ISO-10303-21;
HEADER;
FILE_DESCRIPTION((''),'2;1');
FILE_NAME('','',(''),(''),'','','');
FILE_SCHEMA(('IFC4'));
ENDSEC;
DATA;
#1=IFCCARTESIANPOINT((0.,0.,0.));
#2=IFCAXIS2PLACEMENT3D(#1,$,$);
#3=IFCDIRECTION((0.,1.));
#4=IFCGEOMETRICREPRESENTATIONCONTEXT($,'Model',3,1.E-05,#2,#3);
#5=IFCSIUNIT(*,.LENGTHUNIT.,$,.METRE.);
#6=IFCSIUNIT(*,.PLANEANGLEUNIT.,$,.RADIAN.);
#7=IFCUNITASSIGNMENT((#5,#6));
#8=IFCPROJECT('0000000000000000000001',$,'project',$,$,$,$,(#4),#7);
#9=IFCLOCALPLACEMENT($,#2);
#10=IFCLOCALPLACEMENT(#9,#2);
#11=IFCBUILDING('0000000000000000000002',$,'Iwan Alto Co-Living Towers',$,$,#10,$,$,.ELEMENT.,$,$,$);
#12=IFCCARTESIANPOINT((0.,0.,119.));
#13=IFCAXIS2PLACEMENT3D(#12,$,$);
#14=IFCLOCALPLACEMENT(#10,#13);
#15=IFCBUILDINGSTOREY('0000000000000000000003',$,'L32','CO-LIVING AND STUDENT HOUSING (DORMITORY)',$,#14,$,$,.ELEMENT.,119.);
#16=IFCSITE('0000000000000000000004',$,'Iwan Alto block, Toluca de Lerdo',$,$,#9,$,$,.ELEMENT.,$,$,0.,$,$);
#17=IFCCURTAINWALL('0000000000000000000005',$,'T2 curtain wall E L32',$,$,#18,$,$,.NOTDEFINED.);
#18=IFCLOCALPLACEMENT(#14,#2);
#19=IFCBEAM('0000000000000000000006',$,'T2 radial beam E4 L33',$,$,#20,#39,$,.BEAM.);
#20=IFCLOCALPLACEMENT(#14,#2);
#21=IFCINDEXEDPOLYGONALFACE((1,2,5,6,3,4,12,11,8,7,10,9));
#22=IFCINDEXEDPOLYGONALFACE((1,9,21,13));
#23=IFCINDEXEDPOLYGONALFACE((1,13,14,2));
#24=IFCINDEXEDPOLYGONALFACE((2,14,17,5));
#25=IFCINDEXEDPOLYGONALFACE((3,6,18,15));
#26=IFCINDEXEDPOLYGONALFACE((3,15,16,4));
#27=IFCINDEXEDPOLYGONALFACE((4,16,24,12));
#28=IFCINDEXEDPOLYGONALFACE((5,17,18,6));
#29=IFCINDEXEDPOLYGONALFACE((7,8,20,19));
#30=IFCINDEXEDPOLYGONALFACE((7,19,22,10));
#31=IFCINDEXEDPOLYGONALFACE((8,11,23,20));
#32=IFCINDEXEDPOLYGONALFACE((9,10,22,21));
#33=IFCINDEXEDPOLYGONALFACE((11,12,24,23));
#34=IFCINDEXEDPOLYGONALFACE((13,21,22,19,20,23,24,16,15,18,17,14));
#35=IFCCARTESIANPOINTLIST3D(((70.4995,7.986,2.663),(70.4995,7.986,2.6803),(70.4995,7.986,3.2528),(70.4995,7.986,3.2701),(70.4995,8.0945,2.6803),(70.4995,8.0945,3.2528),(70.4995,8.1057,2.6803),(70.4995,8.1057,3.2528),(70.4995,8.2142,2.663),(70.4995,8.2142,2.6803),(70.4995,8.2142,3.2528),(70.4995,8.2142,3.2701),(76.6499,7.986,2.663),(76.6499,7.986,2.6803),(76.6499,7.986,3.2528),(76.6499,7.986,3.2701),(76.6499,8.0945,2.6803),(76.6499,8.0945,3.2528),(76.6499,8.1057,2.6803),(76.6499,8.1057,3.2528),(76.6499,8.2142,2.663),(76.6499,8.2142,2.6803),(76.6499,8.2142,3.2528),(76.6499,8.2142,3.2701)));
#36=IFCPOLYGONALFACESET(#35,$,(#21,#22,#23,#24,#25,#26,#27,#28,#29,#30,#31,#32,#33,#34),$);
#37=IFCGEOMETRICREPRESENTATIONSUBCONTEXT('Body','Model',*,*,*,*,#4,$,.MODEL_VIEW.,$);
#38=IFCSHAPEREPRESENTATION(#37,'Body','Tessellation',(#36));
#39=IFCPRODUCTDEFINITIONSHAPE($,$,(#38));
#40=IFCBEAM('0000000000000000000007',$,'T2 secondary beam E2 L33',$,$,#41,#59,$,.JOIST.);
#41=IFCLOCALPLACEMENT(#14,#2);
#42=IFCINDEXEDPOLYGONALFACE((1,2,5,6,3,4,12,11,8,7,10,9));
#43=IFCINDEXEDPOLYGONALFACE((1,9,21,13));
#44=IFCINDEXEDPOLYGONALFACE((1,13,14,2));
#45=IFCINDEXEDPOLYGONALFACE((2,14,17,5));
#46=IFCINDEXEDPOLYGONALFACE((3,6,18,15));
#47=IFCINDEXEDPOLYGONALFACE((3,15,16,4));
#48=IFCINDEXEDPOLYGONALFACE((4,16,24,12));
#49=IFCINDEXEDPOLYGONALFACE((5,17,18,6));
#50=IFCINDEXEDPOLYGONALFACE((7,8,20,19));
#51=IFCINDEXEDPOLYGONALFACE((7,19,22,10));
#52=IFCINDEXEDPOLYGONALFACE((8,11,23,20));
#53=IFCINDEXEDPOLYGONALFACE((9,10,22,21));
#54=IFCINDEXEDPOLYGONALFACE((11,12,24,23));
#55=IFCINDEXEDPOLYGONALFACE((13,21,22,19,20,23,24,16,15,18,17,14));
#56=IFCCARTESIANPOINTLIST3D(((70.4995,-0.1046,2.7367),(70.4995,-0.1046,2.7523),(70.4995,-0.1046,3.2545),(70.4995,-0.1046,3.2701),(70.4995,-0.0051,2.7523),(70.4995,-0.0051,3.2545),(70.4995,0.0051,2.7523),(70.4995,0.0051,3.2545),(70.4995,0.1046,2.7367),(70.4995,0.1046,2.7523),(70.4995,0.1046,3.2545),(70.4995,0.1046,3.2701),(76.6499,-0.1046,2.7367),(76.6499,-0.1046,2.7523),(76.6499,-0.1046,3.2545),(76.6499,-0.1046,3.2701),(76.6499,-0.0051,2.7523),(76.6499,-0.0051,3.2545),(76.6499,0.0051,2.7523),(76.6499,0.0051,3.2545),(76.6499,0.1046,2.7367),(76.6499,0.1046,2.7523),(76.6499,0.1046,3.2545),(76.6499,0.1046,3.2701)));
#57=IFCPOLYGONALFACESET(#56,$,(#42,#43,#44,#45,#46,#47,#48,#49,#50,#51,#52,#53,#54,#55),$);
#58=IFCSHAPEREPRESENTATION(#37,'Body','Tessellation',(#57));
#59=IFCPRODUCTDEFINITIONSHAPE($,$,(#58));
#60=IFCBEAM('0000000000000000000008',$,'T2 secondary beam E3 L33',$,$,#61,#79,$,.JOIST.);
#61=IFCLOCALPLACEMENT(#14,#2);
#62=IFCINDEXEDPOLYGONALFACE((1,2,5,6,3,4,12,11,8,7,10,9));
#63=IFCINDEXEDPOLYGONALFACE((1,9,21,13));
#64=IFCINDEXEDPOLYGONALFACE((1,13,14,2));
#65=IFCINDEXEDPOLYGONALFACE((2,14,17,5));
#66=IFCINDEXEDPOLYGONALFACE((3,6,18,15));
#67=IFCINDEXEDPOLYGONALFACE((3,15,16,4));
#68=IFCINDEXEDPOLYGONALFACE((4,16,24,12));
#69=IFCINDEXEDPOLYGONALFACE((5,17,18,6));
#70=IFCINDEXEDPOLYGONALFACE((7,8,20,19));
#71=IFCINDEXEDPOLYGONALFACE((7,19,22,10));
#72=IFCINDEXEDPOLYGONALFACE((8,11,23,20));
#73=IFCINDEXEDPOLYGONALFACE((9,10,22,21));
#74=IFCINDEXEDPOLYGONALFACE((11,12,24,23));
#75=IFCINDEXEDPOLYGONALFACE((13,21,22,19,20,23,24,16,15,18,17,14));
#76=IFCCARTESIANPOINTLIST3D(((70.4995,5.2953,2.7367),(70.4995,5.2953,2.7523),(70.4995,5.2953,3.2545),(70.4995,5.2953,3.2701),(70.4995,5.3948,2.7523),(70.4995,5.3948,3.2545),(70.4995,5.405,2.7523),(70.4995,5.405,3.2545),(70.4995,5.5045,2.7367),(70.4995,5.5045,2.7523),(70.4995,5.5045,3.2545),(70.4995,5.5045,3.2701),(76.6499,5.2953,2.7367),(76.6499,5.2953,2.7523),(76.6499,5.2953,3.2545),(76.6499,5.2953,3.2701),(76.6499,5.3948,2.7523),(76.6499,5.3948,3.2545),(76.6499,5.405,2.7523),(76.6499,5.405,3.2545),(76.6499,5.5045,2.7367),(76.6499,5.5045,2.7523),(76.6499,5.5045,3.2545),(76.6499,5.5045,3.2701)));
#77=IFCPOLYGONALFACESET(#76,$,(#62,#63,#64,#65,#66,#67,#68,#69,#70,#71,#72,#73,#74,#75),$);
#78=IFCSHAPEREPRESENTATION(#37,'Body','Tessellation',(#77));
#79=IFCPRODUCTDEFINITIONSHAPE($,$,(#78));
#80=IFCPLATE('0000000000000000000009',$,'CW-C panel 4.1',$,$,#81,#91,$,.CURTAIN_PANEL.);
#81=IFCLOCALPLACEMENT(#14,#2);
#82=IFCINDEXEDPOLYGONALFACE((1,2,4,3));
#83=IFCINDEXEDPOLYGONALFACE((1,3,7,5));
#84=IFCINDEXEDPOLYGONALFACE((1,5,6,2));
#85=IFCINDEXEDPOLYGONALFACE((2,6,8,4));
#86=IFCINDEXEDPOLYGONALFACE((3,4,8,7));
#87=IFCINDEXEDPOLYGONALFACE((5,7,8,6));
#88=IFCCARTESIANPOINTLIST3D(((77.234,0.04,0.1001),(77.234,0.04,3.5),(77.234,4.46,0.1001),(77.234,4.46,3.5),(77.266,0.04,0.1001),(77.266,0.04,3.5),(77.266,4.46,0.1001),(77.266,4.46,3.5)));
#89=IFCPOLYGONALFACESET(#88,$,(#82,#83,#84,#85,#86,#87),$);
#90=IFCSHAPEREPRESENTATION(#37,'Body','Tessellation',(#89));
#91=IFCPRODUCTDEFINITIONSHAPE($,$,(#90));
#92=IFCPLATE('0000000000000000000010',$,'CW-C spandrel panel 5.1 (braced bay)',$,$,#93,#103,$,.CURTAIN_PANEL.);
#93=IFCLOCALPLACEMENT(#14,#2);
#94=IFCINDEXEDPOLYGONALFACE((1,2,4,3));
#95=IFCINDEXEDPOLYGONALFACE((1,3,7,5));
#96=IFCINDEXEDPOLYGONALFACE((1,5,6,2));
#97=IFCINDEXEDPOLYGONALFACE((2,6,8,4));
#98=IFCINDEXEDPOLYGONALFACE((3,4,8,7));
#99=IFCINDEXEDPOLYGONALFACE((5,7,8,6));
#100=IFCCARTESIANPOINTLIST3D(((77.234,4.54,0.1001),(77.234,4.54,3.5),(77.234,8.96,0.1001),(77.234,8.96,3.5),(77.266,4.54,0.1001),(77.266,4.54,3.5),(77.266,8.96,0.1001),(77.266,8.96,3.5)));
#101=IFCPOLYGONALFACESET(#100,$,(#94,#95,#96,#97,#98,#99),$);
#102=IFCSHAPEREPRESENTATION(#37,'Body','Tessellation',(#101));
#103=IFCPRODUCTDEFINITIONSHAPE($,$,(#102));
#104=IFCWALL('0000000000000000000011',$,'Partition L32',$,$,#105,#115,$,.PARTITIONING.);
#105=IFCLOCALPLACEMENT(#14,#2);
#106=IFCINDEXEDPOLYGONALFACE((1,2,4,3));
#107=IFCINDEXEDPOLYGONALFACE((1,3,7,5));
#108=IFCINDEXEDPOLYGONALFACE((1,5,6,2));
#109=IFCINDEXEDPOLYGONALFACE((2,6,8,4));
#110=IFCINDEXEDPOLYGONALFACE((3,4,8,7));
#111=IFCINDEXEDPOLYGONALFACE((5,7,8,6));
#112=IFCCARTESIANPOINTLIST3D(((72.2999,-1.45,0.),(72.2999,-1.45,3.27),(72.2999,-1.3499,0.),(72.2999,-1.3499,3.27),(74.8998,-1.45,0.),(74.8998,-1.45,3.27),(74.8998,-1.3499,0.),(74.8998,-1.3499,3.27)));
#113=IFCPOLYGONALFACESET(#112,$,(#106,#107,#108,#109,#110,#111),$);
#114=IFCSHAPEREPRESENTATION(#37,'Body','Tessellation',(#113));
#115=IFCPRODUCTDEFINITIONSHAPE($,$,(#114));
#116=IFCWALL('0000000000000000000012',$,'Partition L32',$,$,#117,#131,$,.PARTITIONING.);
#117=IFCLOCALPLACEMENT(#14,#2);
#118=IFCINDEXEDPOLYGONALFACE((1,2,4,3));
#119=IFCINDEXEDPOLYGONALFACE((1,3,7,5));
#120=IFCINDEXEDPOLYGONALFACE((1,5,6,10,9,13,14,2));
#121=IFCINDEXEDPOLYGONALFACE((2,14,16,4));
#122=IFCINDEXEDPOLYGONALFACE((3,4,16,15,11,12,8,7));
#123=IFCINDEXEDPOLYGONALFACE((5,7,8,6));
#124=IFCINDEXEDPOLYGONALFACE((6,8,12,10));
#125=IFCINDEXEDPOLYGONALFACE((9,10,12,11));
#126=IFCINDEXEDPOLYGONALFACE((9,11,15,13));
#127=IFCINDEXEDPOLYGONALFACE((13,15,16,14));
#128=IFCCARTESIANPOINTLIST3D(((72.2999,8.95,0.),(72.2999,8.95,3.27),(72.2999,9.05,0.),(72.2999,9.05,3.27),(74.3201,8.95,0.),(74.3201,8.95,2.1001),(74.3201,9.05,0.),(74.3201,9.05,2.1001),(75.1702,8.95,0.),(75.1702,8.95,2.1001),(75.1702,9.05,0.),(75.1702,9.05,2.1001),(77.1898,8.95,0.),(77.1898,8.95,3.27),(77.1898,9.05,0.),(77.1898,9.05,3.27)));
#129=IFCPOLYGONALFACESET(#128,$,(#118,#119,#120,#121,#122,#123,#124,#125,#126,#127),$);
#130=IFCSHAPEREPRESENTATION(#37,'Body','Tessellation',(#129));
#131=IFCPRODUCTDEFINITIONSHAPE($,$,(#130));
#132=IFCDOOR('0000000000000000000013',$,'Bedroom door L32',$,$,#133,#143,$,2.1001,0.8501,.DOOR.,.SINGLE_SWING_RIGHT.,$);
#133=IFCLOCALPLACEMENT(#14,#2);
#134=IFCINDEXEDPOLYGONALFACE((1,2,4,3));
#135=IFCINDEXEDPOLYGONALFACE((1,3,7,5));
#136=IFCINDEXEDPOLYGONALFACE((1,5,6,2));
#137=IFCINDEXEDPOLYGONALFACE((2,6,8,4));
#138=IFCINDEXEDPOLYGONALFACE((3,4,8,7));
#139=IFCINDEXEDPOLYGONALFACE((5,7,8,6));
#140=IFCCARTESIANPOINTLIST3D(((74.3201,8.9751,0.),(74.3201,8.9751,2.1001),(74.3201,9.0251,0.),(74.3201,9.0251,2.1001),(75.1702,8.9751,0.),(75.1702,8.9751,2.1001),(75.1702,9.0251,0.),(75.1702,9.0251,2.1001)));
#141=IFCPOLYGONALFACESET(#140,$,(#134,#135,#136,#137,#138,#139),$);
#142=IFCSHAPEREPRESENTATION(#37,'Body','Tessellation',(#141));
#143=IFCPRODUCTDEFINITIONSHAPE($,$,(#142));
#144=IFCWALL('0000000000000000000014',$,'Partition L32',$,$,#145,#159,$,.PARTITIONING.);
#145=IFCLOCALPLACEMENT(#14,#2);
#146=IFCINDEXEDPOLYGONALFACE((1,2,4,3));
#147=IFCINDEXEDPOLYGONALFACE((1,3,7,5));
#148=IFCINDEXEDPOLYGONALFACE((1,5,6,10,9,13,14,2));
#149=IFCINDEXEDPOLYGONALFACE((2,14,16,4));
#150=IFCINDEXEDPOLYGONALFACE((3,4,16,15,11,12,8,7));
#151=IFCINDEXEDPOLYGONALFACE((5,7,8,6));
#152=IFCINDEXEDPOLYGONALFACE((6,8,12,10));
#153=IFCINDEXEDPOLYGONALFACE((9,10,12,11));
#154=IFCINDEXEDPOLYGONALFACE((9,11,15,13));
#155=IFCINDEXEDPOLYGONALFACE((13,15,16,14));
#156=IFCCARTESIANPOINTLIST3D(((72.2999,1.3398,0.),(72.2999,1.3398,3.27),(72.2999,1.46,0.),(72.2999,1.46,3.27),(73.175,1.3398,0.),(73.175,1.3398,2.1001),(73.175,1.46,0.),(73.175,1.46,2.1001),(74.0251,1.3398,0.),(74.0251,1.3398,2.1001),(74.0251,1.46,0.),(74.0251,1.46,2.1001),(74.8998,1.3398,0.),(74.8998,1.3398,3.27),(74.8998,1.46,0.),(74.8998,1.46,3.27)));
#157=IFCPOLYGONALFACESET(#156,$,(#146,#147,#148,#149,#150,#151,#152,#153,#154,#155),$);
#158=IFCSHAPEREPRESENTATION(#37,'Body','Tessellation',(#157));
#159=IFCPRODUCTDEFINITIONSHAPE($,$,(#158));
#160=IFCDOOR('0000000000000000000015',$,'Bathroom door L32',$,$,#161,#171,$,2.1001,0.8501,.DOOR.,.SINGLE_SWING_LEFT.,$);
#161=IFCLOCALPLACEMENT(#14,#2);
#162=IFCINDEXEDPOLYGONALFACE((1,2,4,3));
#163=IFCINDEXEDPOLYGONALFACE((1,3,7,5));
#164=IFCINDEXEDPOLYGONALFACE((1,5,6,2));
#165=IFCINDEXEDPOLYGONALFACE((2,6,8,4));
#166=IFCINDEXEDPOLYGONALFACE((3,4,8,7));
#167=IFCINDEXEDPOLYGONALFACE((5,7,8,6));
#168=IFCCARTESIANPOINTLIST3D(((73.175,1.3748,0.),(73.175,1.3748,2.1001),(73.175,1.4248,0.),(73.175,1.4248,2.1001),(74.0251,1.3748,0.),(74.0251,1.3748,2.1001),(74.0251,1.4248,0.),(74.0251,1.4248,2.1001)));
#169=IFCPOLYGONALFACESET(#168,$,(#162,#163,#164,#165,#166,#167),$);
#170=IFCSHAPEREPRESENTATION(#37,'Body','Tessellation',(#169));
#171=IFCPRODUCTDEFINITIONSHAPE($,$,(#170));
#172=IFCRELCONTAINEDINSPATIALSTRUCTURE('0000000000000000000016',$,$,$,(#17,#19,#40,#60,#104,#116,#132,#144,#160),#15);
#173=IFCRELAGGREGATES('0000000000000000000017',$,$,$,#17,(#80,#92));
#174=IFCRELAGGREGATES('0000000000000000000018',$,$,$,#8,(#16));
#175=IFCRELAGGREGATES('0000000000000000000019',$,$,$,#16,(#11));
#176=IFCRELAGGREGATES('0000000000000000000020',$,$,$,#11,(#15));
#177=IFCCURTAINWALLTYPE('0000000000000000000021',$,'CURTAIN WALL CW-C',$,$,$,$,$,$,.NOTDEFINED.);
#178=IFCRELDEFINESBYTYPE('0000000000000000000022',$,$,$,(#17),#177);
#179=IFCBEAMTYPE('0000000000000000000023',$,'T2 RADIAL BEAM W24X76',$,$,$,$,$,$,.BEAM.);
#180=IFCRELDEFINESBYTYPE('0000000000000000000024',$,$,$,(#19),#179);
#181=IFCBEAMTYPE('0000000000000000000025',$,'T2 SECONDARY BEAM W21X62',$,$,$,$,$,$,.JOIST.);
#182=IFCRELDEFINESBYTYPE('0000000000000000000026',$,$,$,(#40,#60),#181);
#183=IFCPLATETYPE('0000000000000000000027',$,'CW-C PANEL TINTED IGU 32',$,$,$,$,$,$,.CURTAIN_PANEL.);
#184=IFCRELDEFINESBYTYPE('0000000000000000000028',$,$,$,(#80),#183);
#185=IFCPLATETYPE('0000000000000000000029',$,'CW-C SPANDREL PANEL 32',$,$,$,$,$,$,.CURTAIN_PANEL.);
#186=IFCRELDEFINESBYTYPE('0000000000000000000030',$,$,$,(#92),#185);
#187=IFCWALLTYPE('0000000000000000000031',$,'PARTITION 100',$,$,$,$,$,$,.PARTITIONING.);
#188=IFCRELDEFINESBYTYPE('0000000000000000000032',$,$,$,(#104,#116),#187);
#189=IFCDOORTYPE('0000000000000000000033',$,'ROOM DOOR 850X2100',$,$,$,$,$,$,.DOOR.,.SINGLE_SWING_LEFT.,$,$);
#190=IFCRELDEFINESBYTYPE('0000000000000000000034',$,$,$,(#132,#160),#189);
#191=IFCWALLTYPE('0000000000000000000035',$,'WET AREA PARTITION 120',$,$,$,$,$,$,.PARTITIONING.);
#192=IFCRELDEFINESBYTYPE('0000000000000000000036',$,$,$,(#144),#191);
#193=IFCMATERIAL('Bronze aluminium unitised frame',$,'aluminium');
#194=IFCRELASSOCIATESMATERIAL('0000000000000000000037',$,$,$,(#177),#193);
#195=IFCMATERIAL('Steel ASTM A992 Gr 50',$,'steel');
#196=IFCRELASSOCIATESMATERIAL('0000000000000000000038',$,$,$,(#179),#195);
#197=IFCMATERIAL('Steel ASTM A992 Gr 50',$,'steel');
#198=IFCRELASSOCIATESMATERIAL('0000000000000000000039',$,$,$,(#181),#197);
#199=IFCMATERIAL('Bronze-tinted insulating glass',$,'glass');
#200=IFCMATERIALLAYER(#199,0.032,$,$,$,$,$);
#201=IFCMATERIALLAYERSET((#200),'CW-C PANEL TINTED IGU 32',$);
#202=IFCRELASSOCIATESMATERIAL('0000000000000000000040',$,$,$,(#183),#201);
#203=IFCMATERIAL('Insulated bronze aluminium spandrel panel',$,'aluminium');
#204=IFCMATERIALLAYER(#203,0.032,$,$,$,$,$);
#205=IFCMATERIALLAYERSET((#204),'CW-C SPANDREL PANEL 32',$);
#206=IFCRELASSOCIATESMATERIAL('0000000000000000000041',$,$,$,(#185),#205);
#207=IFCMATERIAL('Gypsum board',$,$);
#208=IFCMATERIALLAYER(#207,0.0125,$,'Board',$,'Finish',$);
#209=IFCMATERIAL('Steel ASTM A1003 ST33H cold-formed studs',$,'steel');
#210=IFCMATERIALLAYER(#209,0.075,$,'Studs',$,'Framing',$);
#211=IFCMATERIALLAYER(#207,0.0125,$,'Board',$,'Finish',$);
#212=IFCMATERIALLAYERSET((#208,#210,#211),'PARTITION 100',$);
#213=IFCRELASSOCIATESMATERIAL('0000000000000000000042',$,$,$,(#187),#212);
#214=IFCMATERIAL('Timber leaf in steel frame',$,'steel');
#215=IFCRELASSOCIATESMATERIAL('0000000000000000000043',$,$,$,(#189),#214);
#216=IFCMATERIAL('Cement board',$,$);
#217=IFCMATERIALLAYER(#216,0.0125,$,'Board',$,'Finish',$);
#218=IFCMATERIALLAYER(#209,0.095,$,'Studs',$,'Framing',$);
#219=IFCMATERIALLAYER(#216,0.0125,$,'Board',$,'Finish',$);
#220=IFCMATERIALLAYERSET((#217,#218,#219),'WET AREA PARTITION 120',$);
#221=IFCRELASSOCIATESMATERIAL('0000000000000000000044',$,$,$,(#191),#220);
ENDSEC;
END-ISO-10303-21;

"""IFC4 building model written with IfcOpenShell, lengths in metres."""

from ifc_helpers import new_model, si_unit, direction, frame, frame_2d, origin, origin_2d, place, context, subcontext, project, spatial, rectangle, i_section, extrude, material, layer, layer_set, material_profile, profile_set, type_object, element, fill, aggregate, save


model = new_model("IFC4")

# Units and contexts
model_context = context("Model", 3, precision=1e-05, world=origin(), true_north=direction((0.0, 1.0)))
body_context = subcontext(model_context, "Body", "Model", "MODEL_VIEW")
ifc_project = project(units=[si_unit("LENGTHUNIT", "METRE"), si_unit("PLANEANGLEUNIT", "RADIAN")], contexts=[model_context])

# Site, building, storey
site_placement = place(None, origin())
site = spatial("IfcSite", under=ifc_project, at=site_placement, Name="Iwan Alto block, Toluca de Lerdo", CompositionType="ELEMENT", RefElevation=0.0)
building_placement = place(site_placement, origin())
building = spatial("IfcBuilding", under=site, at=building_placement, Name="Iwan Alto Co-Living Towers", CompositionType="ELEMENT")
storey_placement = place(building_placement, frame((0.0, 0.0, 119.0)))
storey = spatial("IfcBuildingStorey", under=building, at=storey_placement, Name="L32", Description="CO-LIVING AND STUDENT HOUSING (DORMITORY)", CompositionType="ELEMENT", Elevation=119.0)

# Curtain wall
ifc_material_1 = material(Name="Bronze aluminium unitised frame", Category="aluminium")
curtain_wall_type = type_object("IfcCurtainWallType", Name="CURTAIN WALL CW-C", PredefinedType="NOTDEFINED", material=ifc_material_1)
curtain_wall_placement = place(storey_placement, origin())
curtain_wall = element("IfcCurtainWall", 1, at=curtain_wall_placement, inside=storey, type_object=curtain_wall_type, Name="T2 curtain wall E L32", PredefinedType="NOTDEFINED")

# Beams
ifc_material_2 = material(Name="Steel ASTM A992 Gr 50", Category="steel")
ifc_material_profile_1 = material_profile(ifc_material_2, i_section(OverallWidth=0.2283, OverallDepth=0.6072, WebThickness=0.0112, FlangeThickness=0.0173, at=origin_2d()), Name="W24X76")
ifc_profile_set_1 = profile_set([ifc_material_profile_1], Name="Steel ASTM A992 Gr 50")
beam_type_1 = type_object("IfcBeamType", Name="T2 RADIAL BEAM W24X76", PredefinedType="BEAM", material=ifc_profile_set_1)
for number, where, z_axis, x_axis, name in (
    (2, (76.6499, 8.1001, 2.9666), (-1.0, 0.0, 0.0), (0.0, -1.0, 0.0), "T2 radial beam E4 L33"),
):
    element("IfcBeam", number, at=place(storey_placement, frame(where, z_axis=z_axis, x_axis=x_axis)), inside=storey, type_object=beam_type_1, Name=name, PredefinedType="BEAM", context=body_context, shape_type="SweptSolid", body=[
        extrude(i_section(OverallWidth=0.2283, OverallDepth=0.6072, WebThickness=0.0112, FlangeThickness=0.0173, at=origin_2d()), origin(), (0.0, 0.0, 1.0), 6.1504),
    ])
ifc_material_3 = material(Name="Steel ASTM A992 Gr 50", Category="steel")
ifc_material_profile_2 = material_profile(ifc_material_3, i_section(OverallWidth=0.2092, OverallDepth=0.5334, WebThickness=0.0103, FlangeThickness=0.0156, at=origin_2d()), Name="W21X62")
ifc_profile_set_2 = profile_set([ifc_material_profile_2], Name="Steel ASTM A992 Gr 50")
beam_type_2 = type_object("IfcBeamType", Name="T2 SECONDARY BEAM W21X62", PredefinedType="JOIST", material=ifc_profile_set_2)
for number, where, z_axis, x_axis, name in (
    (3, (76.6499, 0.0, 3.0034), (-1.0, 0.0, 0.0), (0.0, -1.0, 0.0), "T2 secondary beam E2 L33"),
    (4, (76.6499, 5.3999, 3.0034), (-1.0, 0.0, 0.0), (0.0, -1.0, 0.0), "T2 secondary beam E3 L33"),
):
    element("IfcBeam", number, at=place(storey_placement, frame(where, z_axis=z_axis, x_axis=x_axis)), inside=storey, type_object=beam_type_2, Name=name, PredefinedType="JOIST", context=body_context, shape_type="SweptSolid", body=[
        extrude(i_section(OverallWidth=0.2092, OverallDepth=0.5334, WebThickness=0.0103, FlangeThickness=0.0156, at=origin_2d()), origin(), (0.0, 0.0, 1.0), 6.1504),
    ])

# Plates
ifc_material_4 = material(Name="Bronze-tinted insulating glass", Category="glass")
ifc_layer_1 = layer(ifc_material_4, 0.032)
ifc_layer_set_1 = layer_set([ifc_layer_1], Name="CW-C PANEL TINTED IGU 32")
plate_type_1 = type_object("IfcPlateType", Name="CW-C PANEL TINTED IGU 32", PredefinedType="CURTAIN_PANEL", material=ifc_layer_set_1)
plate_1_placement = place(storey_placement, frame((77.25, 2.25, 0.1001), z_axis=(0.0, 0.0, 1.0), x_axis=(0.0, 1.0, 0.0)))
plate_1 = element("IfcPlate", 5, at=plate_1_placement, type_object=plate_type_1, Name="CW-C panel 4.1", PredefinedType="CURTAIN_PANEL", context=body_context, shape_type="SweptSolid", body=[
    extrude(rectangle(XDim=4.4199, YDim=0.032, at=origin_2d()), origin(), (0.0, 0.0, 1.0), 3.3999),
])
ifc_material_5 = material(Name="Insulated bronze aluminium spandrel panel", Category="aluminium")
ifc_layer_2 = layer(ifc_material_5, 0.032)
ifc_layer_set_2 = layer_set([ifc_layer_2], Name="CW-C SPANDREL PANEL 32")
plate_type_2 = type_object("IfcPlateType", Name="CW-C SPANDREL PANEL 32", PredefinedType="CURTAIN_PANEL", material=ifc_layer_set_2)
plate_2_placement = place(storey_placement, frame((77.25, 6.75, 0.1001), z_axis=(0.0, 0.0, 1.0), x_axis=(0.0, 1.0, 0.0)))
plate_2 = element("IfcPlate", 6, at=plate_2_placement, type_object=plate_type_2, Name="CW-C spandrel panel 5.1 (braced bay)", PredefinedType="CURTAIN_PANEL", context=body_context, shape_type="SweptSolid", body=[
    extrude(rectangle(XDim=4.4199, YDim=0.032, at=origin_2d()), origin(), (0.0, 0.0, 1.0), 3.3999),
])
aggregate(curtain_wall, [plate_1, plate_2])

# Wall
ifc_material_6 = material(Name="Gypsum board")
ifc_layer_3 = layer(ifc_material_6, 0.0125, Name="Board", Category="Finish")
ifc_material_7 = material(Name="Steel ASTM A1003 ST33H cold-formed studs", Category="steel")
ifc_layer_4 = layer(ifc_material_7, 0.075, Name="Studs", Category="Framing")
ifc_layer_5 = layer(ifc_material_6, 0.0125, Name="Board", Category="Finish")
ifc_layer_set_3 = layer_set([ifc_layer_3, ifc_layer_4, ifc_layer_5], Name="PARTITION 100")
wall_type_1 = type_object("IfcWallType", Name="PARTITION 100", PredefinedType="PARTITIONING", material=ifc_layer_set_3)
wall_1_placement = place(storey_placement, frame((72.3, -1.3999, 0.0), z_axis=(0.0, 0.0, 1.0), x_axis=(1.0, 0.0, 0.0)))
element("IfcWall", 7, at=wall_1_placement, inside=storey, type_object=wall_type_1, Name="Partition L32", PredefinedType="PARTITIONING", context=body_context, shape_type="SweptSolid", body=[
    extrude(rectangle(XDim=2.5999, YDim=0.1001, at=frame_2d((1.2998, 0.0))), origin(), (0.0, 0.0, 1.0), 3.27),
])

# Walls, openings, doors
wall_2_placement = place(storey_placement, frame((72.3, 9.0, 0.0), z_axis=(0.0, 0.0, 1.0), x_axis=(1.0, 0.0, 0.0)))
wall_2 = element("IfcWall", 8, at=wall_2_placement, inside=storey, type_object=wall_type_1, Name="Partition L32", PredefinedType="PARTITIONING", context=body_context, shape_type="SweptSolid", body=[
    extrude(rectangle(XDim=4.8899, YDim=0.1001, at=frame_2d((2.4448, 0.0))), origin(), (0.0, 0.0, 1.0), 3.27),
])
opening_1_placement = place(wall_2_placement, frame((2.02, 0.0, 0.0)))
opening_1 = element("IfcOpeningElement", 9, at=opening_1_placement, cuts=wall_2, PredefinedType="OPENING", context=body_context, shape_type="SweptSolid", body=[
    extrude(rectangle(XDim=0.8501, YDim=2.1001, at=frame_2d((0.425, 1.05))), frame((0.0, 0.0601, 0.0), z_axis=(0.0, -1.0, 0.0), x_axis=(1.0, 0.0, 0.0)), (0.0, 0.0, 1.0), 0.1201),
])
ifc_material_8 = material(Name="Timber leaf in steel frame", Category="steel")
door_type = type_object("IfcDoorType", Name="ROOM DOOR 850X2100", OperationType="SINGLE_SWING_LEFT", PredefinedType="DOOR", material=ifc_material_8)
door_1_placement = place(opening_1_placement, frame((0.8501, 0.0, 0.0), z_axis=(0.0, 0.0, 1.0), x_axis=(-1.0, 0.0, 0.0)))
door_1 = element("IfcDoor", 10, at=door_1_placement, inside=storey, type_object=door_type, Name="Bedroom door L32", OperationType="SINGLE_SWING_RIGHT", OverallHeight=2.1001, OverallWidth=0.8501, PredefinedType="DOOR", context=body_context, shape_type="SweptSolid", body=[
    extrude(rectangle(XDim=0.8501, YDim=2.1001, at=frame_2d((0.425, 1.05))), frame((0.0, 0.0249, 0.0), z_axis=(0.0, -1.0, 0.0), x_axis=(1.0, 0.0, 0.0)), (0.0, 0.0, 1.0), 0.05),
])
fill(opening_1, door_1)
ifc_material_9 = material(Name="Cement board")
ifc_layer_6 = layer(ifc_material_9, 0.0125, Name="Board", Category="Finish")
ifc_layer_7 = layer(ifc_material_7, 0.095, Name="Studs", Category="Framing")
ifc_layer_8 = layer(ifc_material_9, 0.0125, Name="Board", Category="Finish")
ifc_layer_set_4 = layer_set([ifc_layer_6, ifc_layer_7, ifc_layer_8], Name="WET AREA PARTITION 120")
wall_type_2 = type_object("IfcWallType", Name="WET AREA PARTITION 120", PredefinedType="PARTITIONING", material=ifc_layer_set_4)
wall_3_placement = place(storey_placement, frame((72.3, 1.3999, 0.0), z_axis=(0.0, 0.0, 1.0), x_axis=(1.0, 0.0, 0.0)))
wall_3 = element("IfcWall", 11, at=wall_3_placement, inside=storey, type_object=wall_type_2, Name="Partition L32", PredefinedType="PARTITIONING", context=body_context, shape_type="SweptSolid", body=[
    extrude(rectangle(XDim=2.5999, YDim=0.1201, at=frame_2d((1.2998, 0.0))), origin(), (0.0, 0.0, 1.0), 3.27),
])
opening_2_placement = place(wall_3_placement, frame((0.875, 0.0, 0.0)))
opening_2 = element("IfcOpeningElement", 12, at=opening_2_placement, cuts=wall_3, PredefinedType="OPENING", context=body_context, shape_type="SweptSolid", body=[
    extrude(rectangle(XDim=0.8501, YDim=2.1001, at=frame_2d((0.425, 1.05))), frame((0.0, 0.0701, 0.0), z_axis=(0.0, -1.0, 0.0), x_axis=(1.0, 0.0, 0.0)), (0.0, 0.0, 1.0), 0.1401),
])
door_2_placement = place(opening_2_placement, origin())
door_2 = element("IfcDoor", 13, at=door_2_placement, inside=storey, type_object=door_type, Name="Bathroom door L32", OperationType="SINGLE_SWING_LEFT", OverallHeight=2.1001, OverallWidth=0.8501, PredefinedType="DOOR", context=body_context, shape_type="SweptSolid", body=[
    extrude(rectangle(XDim=0.8501, YDim=2.1001, at=frame_2d((0.425, 1.05))), frame((0.0, 0.0249, 0.0), z_axis=(0.0, -1.0, 0.0), x_axis=(1.0, 0.0, 0.0)), (0.0, 0.0, 1.0), 0.05),
])
fill(opening_2, door_2)

save(model, "model.ifc")
